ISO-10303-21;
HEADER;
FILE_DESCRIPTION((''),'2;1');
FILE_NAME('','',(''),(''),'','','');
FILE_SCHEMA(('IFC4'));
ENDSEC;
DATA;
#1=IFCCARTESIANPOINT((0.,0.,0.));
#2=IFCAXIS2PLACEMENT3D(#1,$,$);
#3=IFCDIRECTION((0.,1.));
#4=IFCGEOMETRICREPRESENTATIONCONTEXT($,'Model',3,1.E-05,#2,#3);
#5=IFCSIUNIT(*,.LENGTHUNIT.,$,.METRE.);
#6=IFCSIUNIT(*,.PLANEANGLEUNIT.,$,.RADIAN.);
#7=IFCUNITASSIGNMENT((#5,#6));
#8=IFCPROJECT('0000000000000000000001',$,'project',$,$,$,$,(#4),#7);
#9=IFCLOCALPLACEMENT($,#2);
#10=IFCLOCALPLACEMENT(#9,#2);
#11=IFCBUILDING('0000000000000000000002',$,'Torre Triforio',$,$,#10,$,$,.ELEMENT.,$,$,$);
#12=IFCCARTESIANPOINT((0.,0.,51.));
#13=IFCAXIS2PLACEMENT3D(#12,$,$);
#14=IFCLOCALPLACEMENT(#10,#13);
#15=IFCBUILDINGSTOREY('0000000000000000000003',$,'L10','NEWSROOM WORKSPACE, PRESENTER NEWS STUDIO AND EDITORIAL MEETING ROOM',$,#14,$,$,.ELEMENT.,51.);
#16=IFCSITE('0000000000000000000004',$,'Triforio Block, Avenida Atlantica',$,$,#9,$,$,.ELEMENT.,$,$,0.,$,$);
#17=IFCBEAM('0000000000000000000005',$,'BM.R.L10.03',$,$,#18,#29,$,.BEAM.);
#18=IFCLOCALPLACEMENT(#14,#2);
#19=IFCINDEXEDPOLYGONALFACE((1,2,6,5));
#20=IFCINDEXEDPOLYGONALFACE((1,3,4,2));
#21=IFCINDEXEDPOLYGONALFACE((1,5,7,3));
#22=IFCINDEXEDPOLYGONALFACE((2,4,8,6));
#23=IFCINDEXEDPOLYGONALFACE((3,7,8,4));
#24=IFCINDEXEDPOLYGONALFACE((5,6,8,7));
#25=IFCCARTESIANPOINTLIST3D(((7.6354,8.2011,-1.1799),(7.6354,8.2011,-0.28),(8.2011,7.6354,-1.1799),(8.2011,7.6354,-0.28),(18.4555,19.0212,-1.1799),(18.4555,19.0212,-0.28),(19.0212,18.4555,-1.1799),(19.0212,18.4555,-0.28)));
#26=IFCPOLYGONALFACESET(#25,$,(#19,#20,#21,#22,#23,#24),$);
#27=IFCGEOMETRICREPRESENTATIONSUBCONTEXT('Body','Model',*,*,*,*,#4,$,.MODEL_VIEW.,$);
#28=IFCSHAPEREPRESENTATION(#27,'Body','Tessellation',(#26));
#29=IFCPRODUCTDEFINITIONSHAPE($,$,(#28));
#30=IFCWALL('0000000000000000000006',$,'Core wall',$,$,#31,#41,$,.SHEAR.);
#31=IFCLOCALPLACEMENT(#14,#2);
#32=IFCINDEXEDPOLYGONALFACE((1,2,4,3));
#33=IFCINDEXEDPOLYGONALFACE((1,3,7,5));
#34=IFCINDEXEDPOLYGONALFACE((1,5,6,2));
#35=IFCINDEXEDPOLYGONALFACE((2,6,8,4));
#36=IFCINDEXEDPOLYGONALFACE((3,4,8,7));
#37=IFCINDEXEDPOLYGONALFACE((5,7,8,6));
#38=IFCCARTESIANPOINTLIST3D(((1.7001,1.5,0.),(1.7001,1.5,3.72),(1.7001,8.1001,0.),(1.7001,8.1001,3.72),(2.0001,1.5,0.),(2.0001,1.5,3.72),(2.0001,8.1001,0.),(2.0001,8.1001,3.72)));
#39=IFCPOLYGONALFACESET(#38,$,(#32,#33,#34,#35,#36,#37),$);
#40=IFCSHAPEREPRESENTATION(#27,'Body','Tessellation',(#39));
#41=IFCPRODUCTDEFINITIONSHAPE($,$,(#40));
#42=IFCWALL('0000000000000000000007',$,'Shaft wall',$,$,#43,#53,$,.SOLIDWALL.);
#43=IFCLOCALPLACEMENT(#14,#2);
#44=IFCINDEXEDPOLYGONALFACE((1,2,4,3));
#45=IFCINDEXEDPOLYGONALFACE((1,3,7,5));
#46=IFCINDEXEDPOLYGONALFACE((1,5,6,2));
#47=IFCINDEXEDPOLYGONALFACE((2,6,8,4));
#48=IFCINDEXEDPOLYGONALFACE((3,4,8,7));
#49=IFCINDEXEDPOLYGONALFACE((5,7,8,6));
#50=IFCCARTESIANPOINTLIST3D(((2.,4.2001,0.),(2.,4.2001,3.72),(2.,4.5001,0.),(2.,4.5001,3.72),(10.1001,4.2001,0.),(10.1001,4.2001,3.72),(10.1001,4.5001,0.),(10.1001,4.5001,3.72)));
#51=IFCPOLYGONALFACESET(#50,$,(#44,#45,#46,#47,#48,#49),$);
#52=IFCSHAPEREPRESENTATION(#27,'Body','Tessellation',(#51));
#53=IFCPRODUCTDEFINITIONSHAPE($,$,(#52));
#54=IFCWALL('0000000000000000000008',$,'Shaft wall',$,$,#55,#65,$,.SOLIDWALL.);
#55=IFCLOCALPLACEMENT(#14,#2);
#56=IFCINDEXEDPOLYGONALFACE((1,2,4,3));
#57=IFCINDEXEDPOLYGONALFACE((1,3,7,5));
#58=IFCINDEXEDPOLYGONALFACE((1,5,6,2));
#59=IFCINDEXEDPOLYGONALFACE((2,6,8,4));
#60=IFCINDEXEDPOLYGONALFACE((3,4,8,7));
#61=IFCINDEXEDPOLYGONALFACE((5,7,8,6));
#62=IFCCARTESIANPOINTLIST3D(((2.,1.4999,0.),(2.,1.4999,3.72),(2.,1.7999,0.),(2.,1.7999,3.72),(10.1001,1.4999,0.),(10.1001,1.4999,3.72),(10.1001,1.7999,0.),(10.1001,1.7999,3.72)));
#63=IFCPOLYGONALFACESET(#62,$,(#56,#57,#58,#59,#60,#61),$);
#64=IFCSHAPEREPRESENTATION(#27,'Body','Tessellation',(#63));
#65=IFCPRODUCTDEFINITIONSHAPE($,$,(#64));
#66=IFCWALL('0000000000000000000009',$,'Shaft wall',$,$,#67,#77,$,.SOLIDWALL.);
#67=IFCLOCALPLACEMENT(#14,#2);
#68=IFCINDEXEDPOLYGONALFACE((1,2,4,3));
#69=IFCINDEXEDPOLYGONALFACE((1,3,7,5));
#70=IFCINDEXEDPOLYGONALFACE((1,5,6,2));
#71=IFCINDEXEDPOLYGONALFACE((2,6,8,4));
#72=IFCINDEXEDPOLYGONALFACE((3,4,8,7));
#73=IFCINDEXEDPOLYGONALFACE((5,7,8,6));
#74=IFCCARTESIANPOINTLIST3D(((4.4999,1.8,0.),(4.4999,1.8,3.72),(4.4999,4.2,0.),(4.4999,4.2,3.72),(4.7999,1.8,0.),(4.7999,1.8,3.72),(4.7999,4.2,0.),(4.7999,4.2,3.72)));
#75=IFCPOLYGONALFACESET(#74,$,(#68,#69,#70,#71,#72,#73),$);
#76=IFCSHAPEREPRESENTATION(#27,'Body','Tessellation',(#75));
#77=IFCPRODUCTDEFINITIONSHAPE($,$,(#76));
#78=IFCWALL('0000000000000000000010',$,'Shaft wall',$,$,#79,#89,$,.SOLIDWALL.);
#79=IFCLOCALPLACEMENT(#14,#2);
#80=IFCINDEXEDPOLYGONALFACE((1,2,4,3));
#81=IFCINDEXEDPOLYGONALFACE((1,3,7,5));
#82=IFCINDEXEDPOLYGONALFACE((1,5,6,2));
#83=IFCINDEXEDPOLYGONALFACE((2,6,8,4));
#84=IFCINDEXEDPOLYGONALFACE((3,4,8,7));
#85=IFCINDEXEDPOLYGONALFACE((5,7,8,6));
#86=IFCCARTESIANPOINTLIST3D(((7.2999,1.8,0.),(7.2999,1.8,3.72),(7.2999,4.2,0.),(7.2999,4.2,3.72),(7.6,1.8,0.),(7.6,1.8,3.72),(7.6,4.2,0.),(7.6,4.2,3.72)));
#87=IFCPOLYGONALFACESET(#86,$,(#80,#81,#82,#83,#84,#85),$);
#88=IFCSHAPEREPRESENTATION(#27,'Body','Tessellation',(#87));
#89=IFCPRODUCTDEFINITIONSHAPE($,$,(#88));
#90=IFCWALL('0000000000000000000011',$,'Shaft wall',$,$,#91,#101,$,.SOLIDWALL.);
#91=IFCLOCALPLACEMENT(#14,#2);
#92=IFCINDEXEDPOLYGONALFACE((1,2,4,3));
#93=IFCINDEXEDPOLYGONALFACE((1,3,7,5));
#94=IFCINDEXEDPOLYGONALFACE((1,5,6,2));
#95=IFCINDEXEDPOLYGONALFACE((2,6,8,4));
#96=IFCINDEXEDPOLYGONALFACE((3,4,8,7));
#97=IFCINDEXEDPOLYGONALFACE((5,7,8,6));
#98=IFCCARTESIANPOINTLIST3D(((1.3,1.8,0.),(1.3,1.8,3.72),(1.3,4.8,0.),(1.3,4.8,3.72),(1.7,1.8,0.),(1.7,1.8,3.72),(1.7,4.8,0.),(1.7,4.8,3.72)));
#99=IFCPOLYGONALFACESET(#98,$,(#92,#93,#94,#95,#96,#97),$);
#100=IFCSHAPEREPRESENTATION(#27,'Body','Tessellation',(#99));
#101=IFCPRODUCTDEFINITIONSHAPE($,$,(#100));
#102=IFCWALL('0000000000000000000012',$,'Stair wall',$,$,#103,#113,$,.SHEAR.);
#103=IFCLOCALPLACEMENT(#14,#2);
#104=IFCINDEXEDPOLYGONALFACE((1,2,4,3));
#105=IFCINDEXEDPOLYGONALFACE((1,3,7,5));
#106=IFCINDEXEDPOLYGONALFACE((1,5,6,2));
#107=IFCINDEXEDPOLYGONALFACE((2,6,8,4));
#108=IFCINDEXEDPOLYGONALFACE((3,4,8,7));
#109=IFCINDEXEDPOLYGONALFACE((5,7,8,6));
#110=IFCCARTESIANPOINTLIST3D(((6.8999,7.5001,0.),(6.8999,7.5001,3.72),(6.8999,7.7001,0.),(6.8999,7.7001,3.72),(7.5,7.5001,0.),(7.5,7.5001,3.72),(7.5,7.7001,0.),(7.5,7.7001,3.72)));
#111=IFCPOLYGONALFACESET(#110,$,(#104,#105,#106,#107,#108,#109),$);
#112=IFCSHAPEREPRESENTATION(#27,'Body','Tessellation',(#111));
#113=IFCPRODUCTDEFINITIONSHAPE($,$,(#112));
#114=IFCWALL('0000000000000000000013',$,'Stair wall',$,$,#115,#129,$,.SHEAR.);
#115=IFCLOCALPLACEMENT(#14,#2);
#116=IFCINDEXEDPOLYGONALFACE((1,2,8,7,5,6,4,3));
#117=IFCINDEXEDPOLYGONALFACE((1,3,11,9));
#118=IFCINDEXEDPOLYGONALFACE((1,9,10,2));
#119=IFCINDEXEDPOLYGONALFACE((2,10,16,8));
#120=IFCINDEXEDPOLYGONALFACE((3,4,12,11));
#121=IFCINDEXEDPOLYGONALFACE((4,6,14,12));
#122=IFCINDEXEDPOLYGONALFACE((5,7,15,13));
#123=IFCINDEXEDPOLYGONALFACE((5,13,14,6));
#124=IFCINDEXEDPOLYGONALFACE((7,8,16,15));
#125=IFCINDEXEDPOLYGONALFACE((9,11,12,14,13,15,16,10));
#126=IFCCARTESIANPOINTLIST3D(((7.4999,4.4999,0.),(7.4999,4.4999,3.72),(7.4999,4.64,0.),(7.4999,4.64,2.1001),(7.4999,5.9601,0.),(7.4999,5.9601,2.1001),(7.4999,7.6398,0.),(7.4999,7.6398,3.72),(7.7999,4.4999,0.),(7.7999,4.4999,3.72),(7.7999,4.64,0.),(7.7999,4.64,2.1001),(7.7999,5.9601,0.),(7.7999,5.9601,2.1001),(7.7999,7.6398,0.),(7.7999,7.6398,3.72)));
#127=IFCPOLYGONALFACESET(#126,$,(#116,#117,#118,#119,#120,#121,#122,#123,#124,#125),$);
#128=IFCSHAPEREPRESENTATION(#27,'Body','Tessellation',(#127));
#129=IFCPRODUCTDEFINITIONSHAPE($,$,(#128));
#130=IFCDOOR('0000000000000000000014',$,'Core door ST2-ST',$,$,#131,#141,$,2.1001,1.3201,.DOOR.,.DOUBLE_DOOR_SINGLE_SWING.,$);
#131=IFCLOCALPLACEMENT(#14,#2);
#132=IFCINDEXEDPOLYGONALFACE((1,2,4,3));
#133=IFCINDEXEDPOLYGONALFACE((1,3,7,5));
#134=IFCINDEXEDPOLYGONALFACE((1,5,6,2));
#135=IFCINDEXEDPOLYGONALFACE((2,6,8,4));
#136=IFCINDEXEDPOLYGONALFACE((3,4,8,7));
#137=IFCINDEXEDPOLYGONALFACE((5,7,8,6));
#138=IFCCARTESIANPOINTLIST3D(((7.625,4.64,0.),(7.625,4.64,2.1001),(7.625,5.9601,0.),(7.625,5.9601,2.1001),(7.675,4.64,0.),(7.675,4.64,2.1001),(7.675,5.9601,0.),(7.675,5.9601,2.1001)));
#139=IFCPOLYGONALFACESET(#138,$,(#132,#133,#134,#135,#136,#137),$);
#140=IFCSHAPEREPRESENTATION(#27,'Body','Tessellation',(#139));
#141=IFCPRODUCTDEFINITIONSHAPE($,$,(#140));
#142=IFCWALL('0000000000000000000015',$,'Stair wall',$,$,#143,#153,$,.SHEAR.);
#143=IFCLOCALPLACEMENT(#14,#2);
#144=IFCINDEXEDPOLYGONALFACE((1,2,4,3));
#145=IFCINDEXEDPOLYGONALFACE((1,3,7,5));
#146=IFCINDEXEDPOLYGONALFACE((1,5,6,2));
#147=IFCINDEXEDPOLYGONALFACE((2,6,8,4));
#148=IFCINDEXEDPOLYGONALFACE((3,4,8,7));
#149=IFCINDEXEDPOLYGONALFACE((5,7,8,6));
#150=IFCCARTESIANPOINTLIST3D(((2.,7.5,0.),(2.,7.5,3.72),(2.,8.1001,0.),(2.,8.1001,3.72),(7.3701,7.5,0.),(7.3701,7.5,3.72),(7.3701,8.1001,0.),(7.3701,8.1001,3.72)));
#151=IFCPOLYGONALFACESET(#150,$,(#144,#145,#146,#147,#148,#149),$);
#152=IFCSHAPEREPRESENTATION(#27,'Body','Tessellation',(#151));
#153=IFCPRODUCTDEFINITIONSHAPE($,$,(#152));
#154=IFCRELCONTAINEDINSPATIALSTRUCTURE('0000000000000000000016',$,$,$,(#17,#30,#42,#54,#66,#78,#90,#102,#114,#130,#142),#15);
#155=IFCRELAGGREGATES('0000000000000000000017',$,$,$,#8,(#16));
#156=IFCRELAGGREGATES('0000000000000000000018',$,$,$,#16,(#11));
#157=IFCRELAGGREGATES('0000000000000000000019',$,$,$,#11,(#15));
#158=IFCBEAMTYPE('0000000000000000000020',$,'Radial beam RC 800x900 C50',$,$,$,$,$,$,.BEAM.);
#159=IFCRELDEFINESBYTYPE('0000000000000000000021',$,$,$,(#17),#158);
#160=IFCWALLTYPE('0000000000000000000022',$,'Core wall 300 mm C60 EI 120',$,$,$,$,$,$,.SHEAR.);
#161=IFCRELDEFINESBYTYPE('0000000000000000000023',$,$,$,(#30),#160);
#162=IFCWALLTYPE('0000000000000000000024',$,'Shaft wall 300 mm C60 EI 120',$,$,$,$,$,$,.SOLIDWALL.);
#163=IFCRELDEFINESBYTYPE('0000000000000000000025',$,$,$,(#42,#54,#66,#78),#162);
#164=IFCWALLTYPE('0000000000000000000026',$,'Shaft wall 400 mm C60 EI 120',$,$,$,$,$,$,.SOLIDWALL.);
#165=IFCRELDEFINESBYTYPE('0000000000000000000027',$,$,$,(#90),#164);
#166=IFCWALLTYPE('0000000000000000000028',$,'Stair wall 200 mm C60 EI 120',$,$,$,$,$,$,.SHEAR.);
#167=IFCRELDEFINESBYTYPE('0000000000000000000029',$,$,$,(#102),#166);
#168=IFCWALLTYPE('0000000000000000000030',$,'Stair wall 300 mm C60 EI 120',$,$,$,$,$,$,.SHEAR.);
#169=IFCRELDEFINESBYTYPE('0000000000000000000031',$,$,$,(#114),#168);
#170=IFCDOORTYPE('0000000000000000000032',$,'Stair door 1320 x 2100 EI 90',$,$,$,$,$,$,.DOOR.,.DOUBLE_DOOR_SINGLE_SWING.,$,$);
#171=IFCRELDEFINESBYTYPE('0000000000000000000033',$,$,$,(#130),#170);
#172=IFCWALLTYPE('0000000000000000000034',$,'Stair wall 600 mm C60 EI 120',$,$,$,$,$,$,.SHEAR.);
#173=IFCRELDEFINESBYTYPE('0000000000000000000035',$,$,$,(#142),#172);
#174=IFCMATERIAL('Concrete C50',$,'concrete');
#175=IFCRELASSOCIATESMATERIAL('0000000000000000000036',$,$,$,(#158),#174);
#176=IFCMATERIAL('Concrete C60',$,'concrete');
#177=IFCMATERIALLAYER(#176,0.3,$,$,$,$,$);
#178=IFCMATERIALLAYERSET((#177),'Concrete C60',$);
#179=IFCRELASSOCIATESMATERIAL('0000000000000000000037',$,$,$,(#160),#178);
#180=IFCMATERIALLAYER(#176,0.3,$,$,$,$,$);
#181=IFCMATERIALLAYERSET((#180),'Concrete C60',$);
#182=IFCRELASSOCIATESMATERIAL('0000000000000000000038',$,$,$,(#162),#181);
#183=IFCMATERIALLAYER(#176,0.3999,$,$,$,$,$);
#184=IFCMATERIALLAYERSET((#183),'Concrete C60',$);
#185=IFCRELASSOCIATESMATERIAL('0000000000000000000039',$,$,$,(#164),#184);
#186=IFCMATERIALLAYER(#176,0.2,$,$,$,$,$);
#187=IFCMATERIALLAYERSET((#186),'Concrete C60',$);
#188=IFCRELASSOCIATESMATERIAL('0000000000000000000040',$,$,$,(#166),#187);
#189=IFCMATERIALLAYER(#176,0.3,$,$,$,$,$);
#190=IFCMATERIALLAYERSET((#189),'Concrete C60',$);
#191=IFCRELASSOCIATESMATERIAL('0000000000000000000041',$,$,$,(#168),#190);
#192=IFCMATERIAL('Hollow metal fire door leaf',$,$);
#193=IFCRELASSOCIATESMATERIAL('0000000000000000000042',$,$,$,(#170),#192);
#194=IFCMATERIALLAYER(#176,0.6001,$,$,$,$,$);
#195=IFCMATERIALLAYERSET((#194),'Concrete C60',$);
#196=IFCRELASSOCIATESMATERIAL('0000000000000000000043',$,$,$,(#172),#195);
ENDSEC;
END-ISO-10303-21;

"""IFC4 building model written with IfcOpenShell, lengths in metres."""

from ifc_helpers import new_model, si_unit, direction, frame, frame_2d, origin, origin_2d, place, context, subcontext, project, spatial, rectangle, extrude, material, layer, layer_set, material_profile, profile_set, type_object, element, fill, save


model = new_model("IFC4")

# Units and contexts
model_context = context("Model", 3, precision=1e-05, world=origin(), true_north=direction((0.0, 1.0)))
body_context = subcontext(model_context, "Body", "Model", "MODEL_VIEW")
ifc_project = project(units=[si_unit("LENGTHUNIT", "METRE"), si_unit("PLANEANGLEUNIT", "RADIAN")], contexts=[model_context])

# Site, building, storey
site_placement = place(None, origin())
site = spatial("IfcSite", under=ifc_project, at=site_placement, Name="Triforio Block, Avenida Atlantica", CompositionType="ELEMENT", RefElevation=0.0)
building_placement = place(site_placement, origin())
building = spatial("IfcBuilding", under=site, at=building_placement, Name="Torre Triforio", CompositionType="ELEMENT")
storey_placement = place(building_placement, frame((0.0, 0.0, 51.0)))
storey = spatial("IfcBuildingStorey", under=building, at=storey_placement, Name="L10", Description="NEWSROOM WORKSPACE, PRESENTER NEWS STUDIO AND EDITORIAL MEETING ROOM", CompositionType="ELEMENT", Elevation=51.0)

# Beam
ifc_material_1 = material(Name="Concrete C50", Category="concrete")
ifc_material_profile = material_profile(ifc_material_1, rectangle(XDim=0.8, YDim=0.8999, at=origin_2d()), Name="RC 800x900")
ifc_profile_set = profile_set([ifc_material_profile], Name="Concrete C50")
beam_type = type_object("IfcBeamType", Name="Radial beam RC 800x900 C50", PredefinedType="BEAM", material=ifc_profile_set)
beam_placement = place(storey_placement, frame((7.9182, 7.9182, -0.73), z_axis=(0.707107, 0.707107, 0.0), x_axis=(-0.707107, 0.707107, 0.0)))
element("IfcBeam", 1, at=beam_placement, inside=storey, type_object=beam_type, Name="BM.R.L10.03", PredefinedType="BEAM", context=body_context, shape_type="SweptSolid", body=[
    extrude(rectangle(XDim=0.8, YDim=0.8999, at=origin_2d()), origin(), (0.0, 0.0, 1.0), 15.302),
])

# Walls
ifc_material_2 = material(Name="Concrete C60", Category="concrete")
ifc_layer_1 = layer(ifc_material_2, 0.3)
ifc_layer_set_1 = layer_set([ifc_layer_1], Name="Concrete C60")
wall_type_1 = type_object("IfcWallType", Name="Core wall 300 mm C60 EI 120", PredefinedType="SHEAR", material=ifc_layer_set_1)
wall_1_placement = place(storey_placement, frame((1.8501, 1.5, 0.0), z_axis=(0.0, 0.0, 1.0), x_axis=(0.0, 1.0, 0.0)))
element("IfcWall", 2, at=wall_1_placement, inside=storey, type_object=wall_type_1, Name="Core wall", PredefinedType="SHEAR", context=body_context, shape_type="SweptSolid", body=[
    extrude(rectangle(XDim=6.6001, YDim=0.3, at=frame_2d((3.3, 0.0))), origin(), (0.0, 0.0, 1.0), 3.72),
])
ifc_layer_2 = layer(ifc_material_2, 0.3)
ifc_layer_set_2 = layer_set([ifc_layer_2], Name="Concrete C60")
wall_type_2 = type_object("IfcWallType", Name="Shaft wall 300 mm C60 EI 120", PredefinedType="SOLIDWALL", material=ifc_layer_set_2)
for number, where, z_axis, x_axis, name in (
    (3, (2.0, 4.3501, 0.0), (0.0, 0.0, 1.0), (1.0, 0.0, 0.0), "Shaft wall"),
    (4, (2.0, 1.6499, 0.0), (0.0, 0.0, 1.0), (1.0, 0.0, 0.0), "Shaft wall"),
):
    element("IfcWall", number, at=place(storey_placement, frame(where, z_axis=z_axis, x_axis=x_axis)), inside=storey, type_object=wall_type_2, Name=name, PredefinedType="SOLIDWALL", context=body_context, shape_type="SweptSolid", body=[
        extrude(rectangle(XDim=8.1001, YDim=0.3, at=frame_2d((4.05, 0.0))), origin(), (0.0, 0.0, 1.0), 3.72),
    ])
for number, where, z_axis, x_axis, name in (
    (5, (4.6499, 1.8, 0.0), (0.0, 0.0, 1.0), (0.0, 1.0, 0.0), "Shaft wall"),
    (6, (7.45, 1.8, 0.0), (0.0, 0.0, 1.0), (0.0, 1.0, 0.0), "Shaft wall"),
):
    element("IfcWall", number, at=place(storey_placement, frame(where, z_axis=z_axis, x_axis=x_axis)), inside=storey, type_object=wall_type_2, Name=name, PredefinedType="SOLIDWALL", context=body_context, shape_type="SweptSolid", body=[
        extrude(rectangle(XDim=2.3999, YDim=0.3, at=frame_2d((1.2, 0.0))), origin(), (0.0, 0.0, 1.0), 3.72),
    ])
ifc_layer_3 = layer(ifc_material_2, 0.3999)
ifc_layer_set_3 = layer_set([ifc_layer_3], Name="Concrete C60")
wall_type_3 = type_object("IfcWallType", Name="Shaft wall 400 mm C60 EI 120", PredefinedType="SOLIDWALL", material=ifc_layer_set_3)
wall_2_placement = place(storey_placement, frame((1.5, 1.8, 0.0), z_axis=(0.0, 0.0, 1.0), x_axis=(0.0, 1.0, 0.0)))
element("IfcWall", 7, at=wall_2_placement, inside=storey, type_object=wall_type_3, Name="Shaft wall", PredefinedType="SOLIDWALL", context=body_context, shape_type="SweptSolid", body=[
    extrude(rectangle(XDim=3.0, YDim=0.3999, at=frame_2d((1.5, 0.0))), origin(), (0.0, 0.0, 1.0), 3.72),
])
ifc_layer_4 = layer(ifc_material_2, 0.2)
ifc_layer_set_4 = layer_set([ifc_layer_4], Name="Concrete C60")
wall_type_4 = type_object("IfcWallType", Name="Stair wall 200 mm C60 EI 120", PredefinedType="SHEAR", material=ifc_layer_set_4)
wall_3_placement = place(storey_placement, frame((6.8999, 7.6001, 0.0), z_axis=(0.0, 0.0, 1.0), x_axis=(1.0, 0.0, 0.0)))
element("IfcWall", 8, at=wall_3_placement, inside=storey, type_object=wall_type_4, Name="Stair wall", PredefinedType="SHEAR", context=body_context, shape_type="SweptSolid", body=[
    extrude(rectangle(XDim=0.6001, YDim=0.2, at=frame_2d((0.3, 0.0))), origin(), (0.0, 0.0, 1.0), 3.72),
])

# Wall, opening, door
ifc_layer_5 = layer(ifc_material_2, 0.3)
ifc_layer_set_5 = layer_set([ifc_layer_5], Name="Concrete C60")
wall_type_5 = type_object("IfcWallType", Name="Stair wall 300 mm C60 EI 120", PredefinedType="SHEAR", material=ifc_layer_set_5)
wall_4_placement = place(storey_placement, frame((7.6499, 4.5, 0.0), z_axis=(0.0, 0.0, 1.0), x_axis=(0.0, 1.0, 0.0)))
wall_4 = element("IfcWall", 9, at=wall_4_placement, inside=storey, type_object=wall_type_5, Name="Stair wall", PredefinedType="SHEAR", context=body_context, shape_type="SweptSolid", body=[
    extrude(rectangle(XDim=3.1399, YDim=0.3, at=frame_2d((1.5698, 0.0))), origin(), (0.0, 0.0, 1.0), 3.72),
])
opening_placement = place(wall_4_placement, frame((0.1399, 0.0, 0.0)))
opening = element("IfcOpeningElement", 10, at=opening_placement, cuts=wall_4, PredefinedType="OPENING", context=body_context, shape_type="SweptSolid", body=[
    extrude(rectangle(XDim=1.3201, YDim=2.1001, at=frame_2d((0.6602, 1.05))), frame((0.0, 0.1599, 0.0), z_axis=(0.0, -1.0, 0.0), x_axis=(1.0, 0.0, 0.0)), (0.0, 0.0, 1.0), 0.3201),
])
ifc_material_3 = material(Name="Hollow metal fire door leaf")
door_type = type_object("IfcDoorType", Name="Stair door 1320 x 2100 EI 90", OperationType="DOUBLE_DOOR_SINGLE_SWING", PredefinedType="DOOR", material=ifc_material_3)
door_placement = place(opening_placement, origin())
door = element("IfcDoor", 11, at=door_placement, inside=storey, type_object=door_type, Name="Core door ST2-ST", OperationType="DOUBLE_DOOR_SINGLE_SWING", OverallHeight=2.1001, OverallWidth=1.3201, PredefinedType="DOOR", context=body_context, shape_type="SweptSolid", body=[
    extrude(rectangle(XDim=1.3201, YDim=2.1001, at=frame_2d((0.6602, 1.05))), frame((0.0, 0.0249, 0.0), z_axis=(0.0, -1.0, 0.0), x_axis=(1.0, 0.0, 0.0)), (0.0, 0.0, 1.0), 0.05),
])
fill(opening, door)

# Wall
ifc_layer_6 = layer(ifc_material_2, 0.6001)
ifc_layer_set_6 = layer_set([ifc_layer_6], Name="Concrete C60")
wall_type_6 = type_object("IfcWallType", Name="Stair wall 600 mm C60 EI 120", PredefinedType="SHEAR", material=ifc_layer_set_6)
wall_5_placement = place(storey_placement, frame((2.0, 7.8, 0.0), z_axis=(0.0, 0.0, 1.0), x_axis=(1.0, 0.0, 0.0)))
element("IfcWall", 12, at=wall_5_placement, inside=storey, type_object=wall_type_6, Name="Stair wall", PredefinedType="SHEAR", context=body_context, shape_type="SweptSolid", body=[
    extrude(rectangle(XDim=5.3701, YDim=0.6001, at=frame_2d((2.6851, 0.0))), origin(), (0.0, 0.0, 1.0), 3.72),
])

save(model, "model.ifc")
